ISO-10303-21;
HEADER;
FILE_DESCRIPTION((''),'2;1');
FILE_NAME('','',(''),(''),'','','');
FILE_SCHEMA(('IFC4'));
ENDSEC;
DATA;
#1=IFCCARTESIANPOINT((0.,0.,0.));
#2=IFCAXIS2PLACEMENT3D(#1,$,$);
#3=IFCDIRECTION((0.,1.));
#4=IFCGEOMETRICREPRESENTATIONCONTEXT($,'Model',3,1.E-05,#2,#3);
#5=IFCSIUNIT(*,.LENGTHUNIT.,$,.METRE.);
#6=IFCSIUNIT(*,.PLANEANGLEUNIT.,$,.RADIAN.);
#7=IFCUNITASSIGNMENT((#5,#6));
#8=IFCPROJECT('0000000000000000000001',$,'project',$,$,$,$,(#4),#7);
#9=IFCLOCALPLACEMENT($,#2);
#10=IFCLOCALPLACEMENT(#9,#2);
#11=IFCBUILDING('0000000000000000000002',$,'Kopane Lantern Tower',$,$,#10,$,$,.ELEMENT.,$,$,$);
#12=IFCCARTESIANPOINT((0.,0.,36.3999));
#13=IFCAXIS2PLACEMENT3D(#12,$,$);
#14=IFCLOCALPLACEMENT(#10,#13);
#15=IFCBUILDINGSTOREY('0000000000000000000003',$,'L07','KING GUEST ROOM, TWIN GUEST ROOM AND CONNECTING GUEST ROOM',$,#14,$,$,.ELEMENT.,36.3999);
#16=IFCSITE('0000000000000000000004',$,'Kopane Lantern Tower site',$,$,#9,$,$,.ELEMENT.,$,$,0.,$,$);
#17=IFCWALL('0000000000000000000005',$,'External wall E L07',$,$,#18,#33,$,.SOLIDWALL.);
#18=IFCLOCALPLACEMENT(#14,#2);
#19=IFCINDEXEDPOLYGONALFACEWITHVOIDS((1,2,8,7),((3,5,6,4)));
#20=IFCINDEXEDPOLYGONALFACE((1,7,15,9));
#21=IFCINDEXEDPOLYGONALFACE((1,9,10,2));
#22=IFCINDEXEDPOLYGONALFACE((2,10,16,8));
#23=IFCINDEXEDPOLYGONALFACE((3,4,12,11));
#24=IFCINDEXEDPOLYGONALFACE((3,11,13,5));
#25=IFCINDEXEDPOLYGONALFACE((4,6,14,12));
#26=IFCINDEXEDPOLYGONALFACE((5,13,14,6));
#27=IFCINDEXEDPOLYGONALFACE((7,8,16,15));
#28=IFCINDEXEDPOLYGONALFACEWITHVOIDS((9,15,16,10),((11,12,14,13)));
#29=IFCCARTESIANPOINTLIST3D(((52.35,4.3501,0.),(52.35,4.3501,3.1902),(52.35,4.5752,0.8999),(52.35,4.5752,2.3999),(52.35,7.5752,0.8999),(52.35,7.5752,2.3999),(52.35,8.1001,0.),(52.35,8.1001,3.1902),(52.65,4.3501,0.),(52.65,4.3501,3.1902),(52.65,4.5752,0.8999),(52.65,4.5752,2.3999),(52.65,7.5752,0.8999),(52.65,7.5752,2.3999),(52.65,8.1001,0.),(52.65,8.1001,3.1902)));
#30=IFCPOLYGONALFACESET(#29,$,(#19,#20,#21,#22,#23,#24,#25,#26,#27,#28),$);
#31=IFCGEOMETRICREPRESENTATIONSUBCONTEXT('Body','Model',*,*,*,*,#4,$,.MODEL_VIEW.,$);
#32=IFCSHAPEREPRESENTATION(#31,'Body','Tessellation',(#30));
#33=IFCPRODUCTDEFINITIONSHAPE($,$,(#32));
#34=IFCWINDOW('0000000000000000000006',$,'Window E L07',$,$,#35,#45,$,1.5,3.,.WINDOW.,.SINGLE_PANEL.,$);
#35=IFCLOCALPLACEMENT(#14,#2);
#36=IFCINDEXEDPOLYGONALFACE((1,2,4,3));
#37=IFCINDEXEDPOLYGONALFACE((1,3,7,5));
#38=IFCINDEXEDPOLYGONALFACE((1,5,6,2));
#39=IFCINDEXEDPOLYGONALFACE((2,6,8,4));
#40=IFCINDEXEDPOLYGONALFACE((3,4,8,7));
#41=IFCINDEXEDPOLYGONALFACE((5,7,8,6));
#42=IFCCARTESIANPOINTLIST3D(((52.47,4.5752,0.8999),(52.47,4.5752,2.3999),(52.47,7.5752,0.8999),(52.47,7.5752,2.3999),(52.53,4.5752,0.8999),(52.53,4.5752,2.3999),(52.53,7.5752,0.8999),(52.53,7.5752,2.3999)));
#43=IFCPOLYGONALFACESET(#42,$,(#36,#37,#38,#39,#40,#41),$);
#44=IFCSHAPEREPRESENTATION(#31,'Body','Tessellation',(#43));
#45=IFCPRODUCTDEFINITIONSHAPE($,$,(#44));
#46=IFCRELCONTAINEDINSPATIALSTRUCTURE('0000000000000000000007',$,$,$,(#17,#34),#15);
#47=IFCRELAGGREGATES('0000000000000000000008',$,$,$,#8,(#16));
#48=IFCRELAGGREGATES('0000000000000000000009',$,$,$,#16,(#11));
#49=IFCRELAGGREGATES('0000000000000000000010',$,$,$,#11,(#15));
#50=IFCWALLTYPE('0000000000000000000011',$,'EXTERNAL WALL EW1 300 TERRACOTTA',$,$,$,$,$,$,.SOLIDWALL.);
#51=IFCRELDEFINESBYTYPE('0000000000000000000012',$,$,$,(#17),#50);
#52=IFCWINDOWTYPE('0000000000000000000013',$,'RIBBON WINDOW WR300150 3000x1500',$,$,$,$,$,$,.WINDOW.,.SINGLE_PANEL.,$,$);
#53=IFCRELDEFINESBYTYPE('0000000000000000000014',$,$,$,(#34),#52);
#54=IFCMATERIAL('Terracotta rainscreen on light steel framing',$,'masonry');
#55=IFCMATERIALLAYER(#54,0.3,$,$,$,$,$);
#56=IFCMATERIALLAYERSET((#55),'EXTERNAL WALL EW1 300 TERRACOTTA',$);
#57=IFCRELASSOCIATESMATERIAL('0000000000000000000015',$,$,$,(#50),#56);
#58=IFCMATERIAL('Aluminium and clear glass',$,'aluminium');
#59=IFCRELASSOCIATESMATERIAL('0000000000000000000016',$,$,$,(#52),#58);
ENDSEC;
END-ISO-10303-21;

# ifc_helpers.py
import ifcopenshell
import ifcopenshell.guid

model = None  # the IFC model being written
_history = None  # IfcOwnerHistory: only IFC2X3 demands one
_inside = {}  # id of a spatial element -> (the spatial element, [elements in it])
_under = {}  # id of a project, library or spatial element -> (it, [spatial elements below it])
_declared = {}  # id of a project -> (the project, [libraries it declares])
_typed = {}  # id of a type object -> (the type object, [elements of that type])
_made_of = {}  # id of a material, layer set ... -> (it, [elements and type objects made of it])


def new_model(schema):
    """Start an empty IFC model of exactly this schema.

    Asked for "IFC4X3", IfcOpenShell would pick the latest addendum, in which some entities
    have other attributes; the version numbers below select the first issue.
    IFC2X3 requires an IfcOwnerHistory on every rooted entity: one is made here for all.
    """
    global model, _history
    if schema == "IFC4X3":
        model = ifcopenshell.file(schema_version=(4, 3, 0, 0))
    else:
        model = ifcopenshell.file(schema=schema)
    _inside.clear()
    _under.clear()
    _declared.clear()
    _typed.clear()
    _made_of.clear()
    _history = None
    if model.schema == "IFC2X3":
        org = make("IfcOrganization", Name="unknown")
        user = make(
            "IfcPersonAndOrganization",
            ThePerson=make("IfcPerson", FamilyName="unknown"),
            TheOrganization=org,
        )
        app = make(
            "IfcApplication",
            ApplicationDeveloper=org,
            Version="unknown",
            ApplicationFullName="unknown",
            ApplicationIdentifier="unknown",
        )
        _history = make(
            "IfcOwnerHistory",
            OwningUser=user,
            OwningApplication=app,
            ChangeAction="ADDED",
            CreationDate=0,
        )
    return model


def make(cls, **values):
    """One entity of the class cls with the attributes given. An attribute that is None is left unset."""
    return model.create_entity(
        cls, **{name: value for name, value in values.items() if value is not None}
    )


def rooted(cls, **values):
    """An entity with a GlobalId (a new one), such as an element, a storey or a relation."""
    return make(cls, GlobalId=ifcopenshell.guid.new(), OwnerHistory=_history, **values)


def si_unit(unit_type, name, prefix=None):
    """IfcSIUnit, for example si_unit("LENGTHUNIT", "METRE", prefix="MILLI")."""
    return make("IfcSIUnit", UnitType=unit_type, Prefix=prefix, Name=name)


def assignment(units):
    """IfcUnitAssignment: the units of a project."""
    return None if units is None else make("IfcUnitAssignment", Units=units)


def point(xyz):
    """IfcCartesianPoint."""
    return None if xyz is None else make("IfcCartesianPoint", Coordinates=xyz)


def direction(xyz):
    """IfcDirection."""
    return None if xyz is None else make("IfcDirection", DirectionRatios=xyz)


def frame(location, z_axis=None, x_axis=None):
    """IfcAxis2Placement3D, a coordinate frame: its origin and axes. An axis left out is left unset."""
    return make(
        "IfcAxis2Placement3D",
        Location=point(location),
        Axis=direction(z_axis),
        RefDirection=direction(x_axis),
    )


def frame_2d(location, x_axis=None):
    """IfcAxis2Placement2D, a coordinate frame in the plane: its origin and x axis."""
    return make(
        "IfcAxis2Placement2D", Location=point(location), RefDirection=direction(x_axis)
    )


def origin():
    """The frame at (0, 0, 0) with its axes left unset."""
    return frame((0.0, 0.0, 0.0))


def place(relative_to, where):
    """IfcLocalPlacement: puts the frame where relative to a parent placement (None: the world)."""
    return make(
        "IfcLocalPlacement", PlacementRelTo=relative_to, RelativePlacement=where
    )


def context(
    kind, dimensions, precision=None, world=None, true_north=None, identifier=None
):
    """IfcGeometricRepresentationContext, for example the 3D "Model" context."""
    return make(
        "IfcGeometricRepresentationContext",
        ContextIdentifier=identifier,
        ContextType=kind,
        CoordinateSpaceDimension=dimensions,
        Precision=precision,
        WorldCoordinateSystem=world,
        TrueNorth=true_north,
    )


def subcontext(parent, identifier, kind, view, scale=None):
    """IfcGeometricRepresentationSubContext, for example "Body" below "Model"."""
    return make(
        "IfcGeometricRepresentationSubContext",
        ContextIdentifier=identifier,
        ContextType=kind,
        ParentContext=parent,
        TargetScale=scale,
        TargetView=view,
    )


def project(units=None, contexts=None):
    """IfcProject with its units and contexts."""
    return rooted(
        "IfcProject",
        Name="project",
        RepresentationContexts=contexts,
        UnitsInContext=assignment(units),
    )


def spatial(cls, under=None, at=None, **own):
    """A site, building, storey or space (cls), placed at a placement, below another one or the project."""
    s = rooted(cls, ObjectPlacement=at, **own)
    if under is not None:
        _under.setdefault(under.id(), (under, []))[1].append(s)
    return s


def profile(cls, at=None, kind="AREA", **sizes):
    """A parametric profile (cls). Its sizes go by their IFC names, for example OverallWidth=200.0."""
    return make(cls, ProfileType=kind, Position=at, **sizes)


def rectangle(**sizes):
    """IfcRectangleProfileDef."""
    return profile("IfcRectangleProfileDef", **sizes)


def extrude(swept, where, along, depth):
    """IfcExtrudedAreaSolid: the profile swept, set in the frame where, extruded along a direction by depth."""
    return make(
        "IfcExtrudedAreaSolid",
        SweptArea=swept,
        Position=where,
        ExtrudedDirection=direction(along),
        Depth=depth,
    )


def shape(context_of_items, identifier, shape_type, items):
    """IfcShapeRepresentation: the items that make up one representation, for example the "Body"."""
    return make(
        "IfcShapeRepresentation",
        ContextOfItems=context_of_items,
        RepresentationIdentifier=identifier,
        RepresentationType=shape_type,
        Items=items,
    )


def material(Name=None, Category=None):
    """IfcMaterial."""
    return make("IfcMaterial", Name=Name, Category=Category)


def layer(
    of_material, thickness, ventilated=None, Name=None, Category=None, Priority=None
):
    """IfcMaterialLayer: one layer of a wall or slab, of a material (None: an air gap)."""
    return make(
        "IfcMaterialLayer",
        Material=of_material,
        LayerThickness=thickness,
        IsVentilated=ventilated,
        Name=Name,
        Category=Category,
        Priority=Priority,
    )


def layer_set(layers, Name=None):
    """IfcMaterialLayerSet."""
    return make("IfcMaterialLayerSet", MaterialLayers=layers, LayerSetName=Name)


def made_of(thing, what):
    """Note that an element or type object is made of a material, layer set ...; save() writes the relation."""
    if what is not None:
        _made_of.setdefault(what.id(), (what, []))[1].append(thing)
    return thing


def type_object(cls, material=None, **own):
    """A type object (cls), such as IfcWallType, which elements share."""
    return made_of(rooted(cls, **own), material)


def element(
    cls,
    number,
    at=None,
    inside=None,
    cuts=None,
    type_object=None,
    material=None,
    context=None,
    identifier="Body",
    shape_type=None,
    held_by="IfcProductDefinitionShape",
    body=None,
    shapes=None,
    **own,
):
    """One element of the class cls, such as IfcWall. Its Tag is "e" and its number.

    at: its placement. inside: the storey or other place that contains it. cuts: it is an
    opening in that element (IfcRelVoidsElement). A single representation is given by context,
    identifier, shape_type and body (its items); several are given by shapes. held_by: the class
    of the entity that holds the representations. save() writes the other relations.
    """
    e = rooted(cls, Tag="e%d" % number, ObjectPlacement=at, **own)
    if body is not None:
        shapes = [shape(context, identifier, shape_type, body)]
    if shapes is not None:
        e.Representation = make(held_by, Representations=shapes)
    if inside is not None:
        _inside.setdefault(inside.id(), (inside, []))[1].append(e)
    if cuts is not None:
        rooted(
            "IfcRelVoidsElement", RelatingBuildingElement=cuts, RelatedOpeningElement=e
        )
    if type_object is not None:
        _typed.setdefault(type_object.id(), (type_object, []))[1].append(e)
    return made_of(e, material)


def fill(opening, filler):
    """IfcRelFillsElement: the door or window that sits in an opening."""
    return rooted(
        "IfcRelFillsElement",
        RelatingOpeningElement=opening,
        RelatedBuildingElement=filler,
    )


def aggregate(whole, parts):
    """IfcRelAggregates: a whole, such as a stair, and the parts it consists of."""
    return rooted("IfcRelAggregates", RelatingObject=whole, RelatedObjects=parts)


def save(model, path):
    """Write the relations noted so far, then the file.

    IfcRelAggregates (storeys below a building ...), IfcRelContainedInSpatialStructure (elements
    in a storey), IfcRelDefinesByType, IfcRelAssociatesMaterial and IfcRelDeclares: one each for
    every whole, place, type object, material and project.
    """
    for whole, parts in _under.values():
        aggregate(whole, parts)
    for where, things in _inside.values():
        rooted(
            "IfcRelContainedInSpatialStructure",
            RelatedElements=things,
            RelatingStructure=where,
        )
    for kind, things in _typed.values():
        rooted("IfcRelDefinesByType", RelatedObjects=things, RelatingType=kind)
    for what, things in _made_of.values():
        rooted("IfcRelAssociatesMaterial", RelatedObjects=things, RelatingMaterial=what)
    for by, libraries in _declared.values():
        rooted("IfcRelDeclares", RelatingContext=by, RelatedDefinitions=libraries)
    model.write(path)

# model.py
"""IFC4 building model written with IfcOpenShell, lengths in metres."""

from ifc_helpers import new_model, si_unit, direction, frame, frame_2d, origin, place, context, subcontext, project, spatial, rectangle, extrude, material, layer, layer_set, type_object, element, fill, save


model = new_model("IFC4")

# Units and contexts
model_context = context("Model", 3, precision=1e-05, world=origin(), true_north=direction((0.0, 1.0)))
body_context = subcontext(model_context, "Body", "Model", "MODEL_VIEW")
ifc_project = project(units=[si_unit("LENGTHUNIT", "METRE"), si_unit("PLANEANGLEUNIT", "RADIAN")], contexts=[model_context])

# Site, building, storey
site_placement = place(None, origin())
site = spatial("IfcSite", under=ifc_project, at=site_placement, Name="Kopane Lantern Tower site", CompositionType="ELEMENT", RefElevation=0.0)
building_placement = place(site_placement, origin())
building = spatial("IfcBuilding", under=site, at=building_placement, Name="Kopane Lantern Tower", CompositionType="ELEMENT")
storey_placement = place(building_placement, frame((0.0, 0.0, 36.3999)))
storey = spatial("IfcBuildingStorey", under=building, at=storey_placement, Name="L07", Description="KING GUEST ROOM, TWIN GUEST ROOM AND CONNECTING GUEST ROOM", CompositionType="ELEMENT", Elevation=36.3999)

# Wall, opening, window
ifc_material_1 = material(Name="Terracotta rainscreen on light steel framing", Category="masonry")
ifc_layer_1 = layer(ifc_material_1, 0.3)
ifc_layer_set_1 = layer_set([ifc_layer_1], Name="EXTERNAL WALL EW1 300 TERRACOTTA")
wall_type_1 = type_object("IfcWallType", Name="EXTERNAL WALL EW1 300 TERRACOTTA", PredefinedType="SOLIDWALL", material=ifc_layer_set_1)
ifc_material_2 = material(Name="Aluminium and clear glass", Category="aluminium")
window_type = type_object("IfcWindowType", Name="RIBBON WINDOW WR300150 3000x1500", PartitioningType="SINGLE_PANEL", PredefinedType="WINDOW", material=ifc_material_2)
wall_1_placement = place(storey_placement, frame((52.5, 4.3501, 0.0), z_axis=(0.0, 0.0, 1.0), x_axis=(0.0, 1.0, 0.0)))
wall_1 = element("IfcWall", 1, at=wall_1_placement, inside=storey, type_object=wall_type_1, Name="External wall E L07", PredefinedType="SOLIDWALL", context=body_context, shape_type="SweptSolid", body=[
    extrude(rectangle(XDim=3.75, YDim=0.3, at=frame_2d((1.875, 0.0))), origin(), (0.0, 0.0, 1.0), 3.1902),
])
opening_1_placement = place(wall_1_placement, frame((0.2251, 0.0, 0.8999)))
opening_1 = element("IfcOpeningElement", 2, at=opening_1_placement, cuts=wall_1, PredefinedType="OPENING", context=body_context, shape_type="SweptSolid", body=[
    extrude(rectangle(XDim=3.0, YDim=1.5, at=frame_2d((1.5, 0.75))), frame((0.0, 0.1599, 0.0), z_axis=(0.0, -1.0, 0.0), x_axis=(1.0, 0.0, 0.0)), (0.0, 0.0, 1.0), 0.3201),
])
window_1_placement = place(opening_1_placement, origin())
window_1 = element("IfcWindow", 3, at=window_1_placement, inside=storey, type_object=window_type, Name="Window E L07", OverallHeight=1.5, OverallWidth=3.0, PartitioningType="SINGLE_PANEL", PredefinedType="WINDOW", context=body_context, shape_type="SweptSolid", body=[
    extrude(rectangle(XDim=3.0, YDim=1.5, at=frame_2d((1.5, 0.75))), frame((0.0, 0.03, 0.0), z_axis=(0.0, -1.0, 0.0), x_axis=(1.0, 0.0, 0.0)), (0.0, 0.0, 1.0), 0.0601),
])
fill(opening_1, window_1)

save(model, "model.ifc")
